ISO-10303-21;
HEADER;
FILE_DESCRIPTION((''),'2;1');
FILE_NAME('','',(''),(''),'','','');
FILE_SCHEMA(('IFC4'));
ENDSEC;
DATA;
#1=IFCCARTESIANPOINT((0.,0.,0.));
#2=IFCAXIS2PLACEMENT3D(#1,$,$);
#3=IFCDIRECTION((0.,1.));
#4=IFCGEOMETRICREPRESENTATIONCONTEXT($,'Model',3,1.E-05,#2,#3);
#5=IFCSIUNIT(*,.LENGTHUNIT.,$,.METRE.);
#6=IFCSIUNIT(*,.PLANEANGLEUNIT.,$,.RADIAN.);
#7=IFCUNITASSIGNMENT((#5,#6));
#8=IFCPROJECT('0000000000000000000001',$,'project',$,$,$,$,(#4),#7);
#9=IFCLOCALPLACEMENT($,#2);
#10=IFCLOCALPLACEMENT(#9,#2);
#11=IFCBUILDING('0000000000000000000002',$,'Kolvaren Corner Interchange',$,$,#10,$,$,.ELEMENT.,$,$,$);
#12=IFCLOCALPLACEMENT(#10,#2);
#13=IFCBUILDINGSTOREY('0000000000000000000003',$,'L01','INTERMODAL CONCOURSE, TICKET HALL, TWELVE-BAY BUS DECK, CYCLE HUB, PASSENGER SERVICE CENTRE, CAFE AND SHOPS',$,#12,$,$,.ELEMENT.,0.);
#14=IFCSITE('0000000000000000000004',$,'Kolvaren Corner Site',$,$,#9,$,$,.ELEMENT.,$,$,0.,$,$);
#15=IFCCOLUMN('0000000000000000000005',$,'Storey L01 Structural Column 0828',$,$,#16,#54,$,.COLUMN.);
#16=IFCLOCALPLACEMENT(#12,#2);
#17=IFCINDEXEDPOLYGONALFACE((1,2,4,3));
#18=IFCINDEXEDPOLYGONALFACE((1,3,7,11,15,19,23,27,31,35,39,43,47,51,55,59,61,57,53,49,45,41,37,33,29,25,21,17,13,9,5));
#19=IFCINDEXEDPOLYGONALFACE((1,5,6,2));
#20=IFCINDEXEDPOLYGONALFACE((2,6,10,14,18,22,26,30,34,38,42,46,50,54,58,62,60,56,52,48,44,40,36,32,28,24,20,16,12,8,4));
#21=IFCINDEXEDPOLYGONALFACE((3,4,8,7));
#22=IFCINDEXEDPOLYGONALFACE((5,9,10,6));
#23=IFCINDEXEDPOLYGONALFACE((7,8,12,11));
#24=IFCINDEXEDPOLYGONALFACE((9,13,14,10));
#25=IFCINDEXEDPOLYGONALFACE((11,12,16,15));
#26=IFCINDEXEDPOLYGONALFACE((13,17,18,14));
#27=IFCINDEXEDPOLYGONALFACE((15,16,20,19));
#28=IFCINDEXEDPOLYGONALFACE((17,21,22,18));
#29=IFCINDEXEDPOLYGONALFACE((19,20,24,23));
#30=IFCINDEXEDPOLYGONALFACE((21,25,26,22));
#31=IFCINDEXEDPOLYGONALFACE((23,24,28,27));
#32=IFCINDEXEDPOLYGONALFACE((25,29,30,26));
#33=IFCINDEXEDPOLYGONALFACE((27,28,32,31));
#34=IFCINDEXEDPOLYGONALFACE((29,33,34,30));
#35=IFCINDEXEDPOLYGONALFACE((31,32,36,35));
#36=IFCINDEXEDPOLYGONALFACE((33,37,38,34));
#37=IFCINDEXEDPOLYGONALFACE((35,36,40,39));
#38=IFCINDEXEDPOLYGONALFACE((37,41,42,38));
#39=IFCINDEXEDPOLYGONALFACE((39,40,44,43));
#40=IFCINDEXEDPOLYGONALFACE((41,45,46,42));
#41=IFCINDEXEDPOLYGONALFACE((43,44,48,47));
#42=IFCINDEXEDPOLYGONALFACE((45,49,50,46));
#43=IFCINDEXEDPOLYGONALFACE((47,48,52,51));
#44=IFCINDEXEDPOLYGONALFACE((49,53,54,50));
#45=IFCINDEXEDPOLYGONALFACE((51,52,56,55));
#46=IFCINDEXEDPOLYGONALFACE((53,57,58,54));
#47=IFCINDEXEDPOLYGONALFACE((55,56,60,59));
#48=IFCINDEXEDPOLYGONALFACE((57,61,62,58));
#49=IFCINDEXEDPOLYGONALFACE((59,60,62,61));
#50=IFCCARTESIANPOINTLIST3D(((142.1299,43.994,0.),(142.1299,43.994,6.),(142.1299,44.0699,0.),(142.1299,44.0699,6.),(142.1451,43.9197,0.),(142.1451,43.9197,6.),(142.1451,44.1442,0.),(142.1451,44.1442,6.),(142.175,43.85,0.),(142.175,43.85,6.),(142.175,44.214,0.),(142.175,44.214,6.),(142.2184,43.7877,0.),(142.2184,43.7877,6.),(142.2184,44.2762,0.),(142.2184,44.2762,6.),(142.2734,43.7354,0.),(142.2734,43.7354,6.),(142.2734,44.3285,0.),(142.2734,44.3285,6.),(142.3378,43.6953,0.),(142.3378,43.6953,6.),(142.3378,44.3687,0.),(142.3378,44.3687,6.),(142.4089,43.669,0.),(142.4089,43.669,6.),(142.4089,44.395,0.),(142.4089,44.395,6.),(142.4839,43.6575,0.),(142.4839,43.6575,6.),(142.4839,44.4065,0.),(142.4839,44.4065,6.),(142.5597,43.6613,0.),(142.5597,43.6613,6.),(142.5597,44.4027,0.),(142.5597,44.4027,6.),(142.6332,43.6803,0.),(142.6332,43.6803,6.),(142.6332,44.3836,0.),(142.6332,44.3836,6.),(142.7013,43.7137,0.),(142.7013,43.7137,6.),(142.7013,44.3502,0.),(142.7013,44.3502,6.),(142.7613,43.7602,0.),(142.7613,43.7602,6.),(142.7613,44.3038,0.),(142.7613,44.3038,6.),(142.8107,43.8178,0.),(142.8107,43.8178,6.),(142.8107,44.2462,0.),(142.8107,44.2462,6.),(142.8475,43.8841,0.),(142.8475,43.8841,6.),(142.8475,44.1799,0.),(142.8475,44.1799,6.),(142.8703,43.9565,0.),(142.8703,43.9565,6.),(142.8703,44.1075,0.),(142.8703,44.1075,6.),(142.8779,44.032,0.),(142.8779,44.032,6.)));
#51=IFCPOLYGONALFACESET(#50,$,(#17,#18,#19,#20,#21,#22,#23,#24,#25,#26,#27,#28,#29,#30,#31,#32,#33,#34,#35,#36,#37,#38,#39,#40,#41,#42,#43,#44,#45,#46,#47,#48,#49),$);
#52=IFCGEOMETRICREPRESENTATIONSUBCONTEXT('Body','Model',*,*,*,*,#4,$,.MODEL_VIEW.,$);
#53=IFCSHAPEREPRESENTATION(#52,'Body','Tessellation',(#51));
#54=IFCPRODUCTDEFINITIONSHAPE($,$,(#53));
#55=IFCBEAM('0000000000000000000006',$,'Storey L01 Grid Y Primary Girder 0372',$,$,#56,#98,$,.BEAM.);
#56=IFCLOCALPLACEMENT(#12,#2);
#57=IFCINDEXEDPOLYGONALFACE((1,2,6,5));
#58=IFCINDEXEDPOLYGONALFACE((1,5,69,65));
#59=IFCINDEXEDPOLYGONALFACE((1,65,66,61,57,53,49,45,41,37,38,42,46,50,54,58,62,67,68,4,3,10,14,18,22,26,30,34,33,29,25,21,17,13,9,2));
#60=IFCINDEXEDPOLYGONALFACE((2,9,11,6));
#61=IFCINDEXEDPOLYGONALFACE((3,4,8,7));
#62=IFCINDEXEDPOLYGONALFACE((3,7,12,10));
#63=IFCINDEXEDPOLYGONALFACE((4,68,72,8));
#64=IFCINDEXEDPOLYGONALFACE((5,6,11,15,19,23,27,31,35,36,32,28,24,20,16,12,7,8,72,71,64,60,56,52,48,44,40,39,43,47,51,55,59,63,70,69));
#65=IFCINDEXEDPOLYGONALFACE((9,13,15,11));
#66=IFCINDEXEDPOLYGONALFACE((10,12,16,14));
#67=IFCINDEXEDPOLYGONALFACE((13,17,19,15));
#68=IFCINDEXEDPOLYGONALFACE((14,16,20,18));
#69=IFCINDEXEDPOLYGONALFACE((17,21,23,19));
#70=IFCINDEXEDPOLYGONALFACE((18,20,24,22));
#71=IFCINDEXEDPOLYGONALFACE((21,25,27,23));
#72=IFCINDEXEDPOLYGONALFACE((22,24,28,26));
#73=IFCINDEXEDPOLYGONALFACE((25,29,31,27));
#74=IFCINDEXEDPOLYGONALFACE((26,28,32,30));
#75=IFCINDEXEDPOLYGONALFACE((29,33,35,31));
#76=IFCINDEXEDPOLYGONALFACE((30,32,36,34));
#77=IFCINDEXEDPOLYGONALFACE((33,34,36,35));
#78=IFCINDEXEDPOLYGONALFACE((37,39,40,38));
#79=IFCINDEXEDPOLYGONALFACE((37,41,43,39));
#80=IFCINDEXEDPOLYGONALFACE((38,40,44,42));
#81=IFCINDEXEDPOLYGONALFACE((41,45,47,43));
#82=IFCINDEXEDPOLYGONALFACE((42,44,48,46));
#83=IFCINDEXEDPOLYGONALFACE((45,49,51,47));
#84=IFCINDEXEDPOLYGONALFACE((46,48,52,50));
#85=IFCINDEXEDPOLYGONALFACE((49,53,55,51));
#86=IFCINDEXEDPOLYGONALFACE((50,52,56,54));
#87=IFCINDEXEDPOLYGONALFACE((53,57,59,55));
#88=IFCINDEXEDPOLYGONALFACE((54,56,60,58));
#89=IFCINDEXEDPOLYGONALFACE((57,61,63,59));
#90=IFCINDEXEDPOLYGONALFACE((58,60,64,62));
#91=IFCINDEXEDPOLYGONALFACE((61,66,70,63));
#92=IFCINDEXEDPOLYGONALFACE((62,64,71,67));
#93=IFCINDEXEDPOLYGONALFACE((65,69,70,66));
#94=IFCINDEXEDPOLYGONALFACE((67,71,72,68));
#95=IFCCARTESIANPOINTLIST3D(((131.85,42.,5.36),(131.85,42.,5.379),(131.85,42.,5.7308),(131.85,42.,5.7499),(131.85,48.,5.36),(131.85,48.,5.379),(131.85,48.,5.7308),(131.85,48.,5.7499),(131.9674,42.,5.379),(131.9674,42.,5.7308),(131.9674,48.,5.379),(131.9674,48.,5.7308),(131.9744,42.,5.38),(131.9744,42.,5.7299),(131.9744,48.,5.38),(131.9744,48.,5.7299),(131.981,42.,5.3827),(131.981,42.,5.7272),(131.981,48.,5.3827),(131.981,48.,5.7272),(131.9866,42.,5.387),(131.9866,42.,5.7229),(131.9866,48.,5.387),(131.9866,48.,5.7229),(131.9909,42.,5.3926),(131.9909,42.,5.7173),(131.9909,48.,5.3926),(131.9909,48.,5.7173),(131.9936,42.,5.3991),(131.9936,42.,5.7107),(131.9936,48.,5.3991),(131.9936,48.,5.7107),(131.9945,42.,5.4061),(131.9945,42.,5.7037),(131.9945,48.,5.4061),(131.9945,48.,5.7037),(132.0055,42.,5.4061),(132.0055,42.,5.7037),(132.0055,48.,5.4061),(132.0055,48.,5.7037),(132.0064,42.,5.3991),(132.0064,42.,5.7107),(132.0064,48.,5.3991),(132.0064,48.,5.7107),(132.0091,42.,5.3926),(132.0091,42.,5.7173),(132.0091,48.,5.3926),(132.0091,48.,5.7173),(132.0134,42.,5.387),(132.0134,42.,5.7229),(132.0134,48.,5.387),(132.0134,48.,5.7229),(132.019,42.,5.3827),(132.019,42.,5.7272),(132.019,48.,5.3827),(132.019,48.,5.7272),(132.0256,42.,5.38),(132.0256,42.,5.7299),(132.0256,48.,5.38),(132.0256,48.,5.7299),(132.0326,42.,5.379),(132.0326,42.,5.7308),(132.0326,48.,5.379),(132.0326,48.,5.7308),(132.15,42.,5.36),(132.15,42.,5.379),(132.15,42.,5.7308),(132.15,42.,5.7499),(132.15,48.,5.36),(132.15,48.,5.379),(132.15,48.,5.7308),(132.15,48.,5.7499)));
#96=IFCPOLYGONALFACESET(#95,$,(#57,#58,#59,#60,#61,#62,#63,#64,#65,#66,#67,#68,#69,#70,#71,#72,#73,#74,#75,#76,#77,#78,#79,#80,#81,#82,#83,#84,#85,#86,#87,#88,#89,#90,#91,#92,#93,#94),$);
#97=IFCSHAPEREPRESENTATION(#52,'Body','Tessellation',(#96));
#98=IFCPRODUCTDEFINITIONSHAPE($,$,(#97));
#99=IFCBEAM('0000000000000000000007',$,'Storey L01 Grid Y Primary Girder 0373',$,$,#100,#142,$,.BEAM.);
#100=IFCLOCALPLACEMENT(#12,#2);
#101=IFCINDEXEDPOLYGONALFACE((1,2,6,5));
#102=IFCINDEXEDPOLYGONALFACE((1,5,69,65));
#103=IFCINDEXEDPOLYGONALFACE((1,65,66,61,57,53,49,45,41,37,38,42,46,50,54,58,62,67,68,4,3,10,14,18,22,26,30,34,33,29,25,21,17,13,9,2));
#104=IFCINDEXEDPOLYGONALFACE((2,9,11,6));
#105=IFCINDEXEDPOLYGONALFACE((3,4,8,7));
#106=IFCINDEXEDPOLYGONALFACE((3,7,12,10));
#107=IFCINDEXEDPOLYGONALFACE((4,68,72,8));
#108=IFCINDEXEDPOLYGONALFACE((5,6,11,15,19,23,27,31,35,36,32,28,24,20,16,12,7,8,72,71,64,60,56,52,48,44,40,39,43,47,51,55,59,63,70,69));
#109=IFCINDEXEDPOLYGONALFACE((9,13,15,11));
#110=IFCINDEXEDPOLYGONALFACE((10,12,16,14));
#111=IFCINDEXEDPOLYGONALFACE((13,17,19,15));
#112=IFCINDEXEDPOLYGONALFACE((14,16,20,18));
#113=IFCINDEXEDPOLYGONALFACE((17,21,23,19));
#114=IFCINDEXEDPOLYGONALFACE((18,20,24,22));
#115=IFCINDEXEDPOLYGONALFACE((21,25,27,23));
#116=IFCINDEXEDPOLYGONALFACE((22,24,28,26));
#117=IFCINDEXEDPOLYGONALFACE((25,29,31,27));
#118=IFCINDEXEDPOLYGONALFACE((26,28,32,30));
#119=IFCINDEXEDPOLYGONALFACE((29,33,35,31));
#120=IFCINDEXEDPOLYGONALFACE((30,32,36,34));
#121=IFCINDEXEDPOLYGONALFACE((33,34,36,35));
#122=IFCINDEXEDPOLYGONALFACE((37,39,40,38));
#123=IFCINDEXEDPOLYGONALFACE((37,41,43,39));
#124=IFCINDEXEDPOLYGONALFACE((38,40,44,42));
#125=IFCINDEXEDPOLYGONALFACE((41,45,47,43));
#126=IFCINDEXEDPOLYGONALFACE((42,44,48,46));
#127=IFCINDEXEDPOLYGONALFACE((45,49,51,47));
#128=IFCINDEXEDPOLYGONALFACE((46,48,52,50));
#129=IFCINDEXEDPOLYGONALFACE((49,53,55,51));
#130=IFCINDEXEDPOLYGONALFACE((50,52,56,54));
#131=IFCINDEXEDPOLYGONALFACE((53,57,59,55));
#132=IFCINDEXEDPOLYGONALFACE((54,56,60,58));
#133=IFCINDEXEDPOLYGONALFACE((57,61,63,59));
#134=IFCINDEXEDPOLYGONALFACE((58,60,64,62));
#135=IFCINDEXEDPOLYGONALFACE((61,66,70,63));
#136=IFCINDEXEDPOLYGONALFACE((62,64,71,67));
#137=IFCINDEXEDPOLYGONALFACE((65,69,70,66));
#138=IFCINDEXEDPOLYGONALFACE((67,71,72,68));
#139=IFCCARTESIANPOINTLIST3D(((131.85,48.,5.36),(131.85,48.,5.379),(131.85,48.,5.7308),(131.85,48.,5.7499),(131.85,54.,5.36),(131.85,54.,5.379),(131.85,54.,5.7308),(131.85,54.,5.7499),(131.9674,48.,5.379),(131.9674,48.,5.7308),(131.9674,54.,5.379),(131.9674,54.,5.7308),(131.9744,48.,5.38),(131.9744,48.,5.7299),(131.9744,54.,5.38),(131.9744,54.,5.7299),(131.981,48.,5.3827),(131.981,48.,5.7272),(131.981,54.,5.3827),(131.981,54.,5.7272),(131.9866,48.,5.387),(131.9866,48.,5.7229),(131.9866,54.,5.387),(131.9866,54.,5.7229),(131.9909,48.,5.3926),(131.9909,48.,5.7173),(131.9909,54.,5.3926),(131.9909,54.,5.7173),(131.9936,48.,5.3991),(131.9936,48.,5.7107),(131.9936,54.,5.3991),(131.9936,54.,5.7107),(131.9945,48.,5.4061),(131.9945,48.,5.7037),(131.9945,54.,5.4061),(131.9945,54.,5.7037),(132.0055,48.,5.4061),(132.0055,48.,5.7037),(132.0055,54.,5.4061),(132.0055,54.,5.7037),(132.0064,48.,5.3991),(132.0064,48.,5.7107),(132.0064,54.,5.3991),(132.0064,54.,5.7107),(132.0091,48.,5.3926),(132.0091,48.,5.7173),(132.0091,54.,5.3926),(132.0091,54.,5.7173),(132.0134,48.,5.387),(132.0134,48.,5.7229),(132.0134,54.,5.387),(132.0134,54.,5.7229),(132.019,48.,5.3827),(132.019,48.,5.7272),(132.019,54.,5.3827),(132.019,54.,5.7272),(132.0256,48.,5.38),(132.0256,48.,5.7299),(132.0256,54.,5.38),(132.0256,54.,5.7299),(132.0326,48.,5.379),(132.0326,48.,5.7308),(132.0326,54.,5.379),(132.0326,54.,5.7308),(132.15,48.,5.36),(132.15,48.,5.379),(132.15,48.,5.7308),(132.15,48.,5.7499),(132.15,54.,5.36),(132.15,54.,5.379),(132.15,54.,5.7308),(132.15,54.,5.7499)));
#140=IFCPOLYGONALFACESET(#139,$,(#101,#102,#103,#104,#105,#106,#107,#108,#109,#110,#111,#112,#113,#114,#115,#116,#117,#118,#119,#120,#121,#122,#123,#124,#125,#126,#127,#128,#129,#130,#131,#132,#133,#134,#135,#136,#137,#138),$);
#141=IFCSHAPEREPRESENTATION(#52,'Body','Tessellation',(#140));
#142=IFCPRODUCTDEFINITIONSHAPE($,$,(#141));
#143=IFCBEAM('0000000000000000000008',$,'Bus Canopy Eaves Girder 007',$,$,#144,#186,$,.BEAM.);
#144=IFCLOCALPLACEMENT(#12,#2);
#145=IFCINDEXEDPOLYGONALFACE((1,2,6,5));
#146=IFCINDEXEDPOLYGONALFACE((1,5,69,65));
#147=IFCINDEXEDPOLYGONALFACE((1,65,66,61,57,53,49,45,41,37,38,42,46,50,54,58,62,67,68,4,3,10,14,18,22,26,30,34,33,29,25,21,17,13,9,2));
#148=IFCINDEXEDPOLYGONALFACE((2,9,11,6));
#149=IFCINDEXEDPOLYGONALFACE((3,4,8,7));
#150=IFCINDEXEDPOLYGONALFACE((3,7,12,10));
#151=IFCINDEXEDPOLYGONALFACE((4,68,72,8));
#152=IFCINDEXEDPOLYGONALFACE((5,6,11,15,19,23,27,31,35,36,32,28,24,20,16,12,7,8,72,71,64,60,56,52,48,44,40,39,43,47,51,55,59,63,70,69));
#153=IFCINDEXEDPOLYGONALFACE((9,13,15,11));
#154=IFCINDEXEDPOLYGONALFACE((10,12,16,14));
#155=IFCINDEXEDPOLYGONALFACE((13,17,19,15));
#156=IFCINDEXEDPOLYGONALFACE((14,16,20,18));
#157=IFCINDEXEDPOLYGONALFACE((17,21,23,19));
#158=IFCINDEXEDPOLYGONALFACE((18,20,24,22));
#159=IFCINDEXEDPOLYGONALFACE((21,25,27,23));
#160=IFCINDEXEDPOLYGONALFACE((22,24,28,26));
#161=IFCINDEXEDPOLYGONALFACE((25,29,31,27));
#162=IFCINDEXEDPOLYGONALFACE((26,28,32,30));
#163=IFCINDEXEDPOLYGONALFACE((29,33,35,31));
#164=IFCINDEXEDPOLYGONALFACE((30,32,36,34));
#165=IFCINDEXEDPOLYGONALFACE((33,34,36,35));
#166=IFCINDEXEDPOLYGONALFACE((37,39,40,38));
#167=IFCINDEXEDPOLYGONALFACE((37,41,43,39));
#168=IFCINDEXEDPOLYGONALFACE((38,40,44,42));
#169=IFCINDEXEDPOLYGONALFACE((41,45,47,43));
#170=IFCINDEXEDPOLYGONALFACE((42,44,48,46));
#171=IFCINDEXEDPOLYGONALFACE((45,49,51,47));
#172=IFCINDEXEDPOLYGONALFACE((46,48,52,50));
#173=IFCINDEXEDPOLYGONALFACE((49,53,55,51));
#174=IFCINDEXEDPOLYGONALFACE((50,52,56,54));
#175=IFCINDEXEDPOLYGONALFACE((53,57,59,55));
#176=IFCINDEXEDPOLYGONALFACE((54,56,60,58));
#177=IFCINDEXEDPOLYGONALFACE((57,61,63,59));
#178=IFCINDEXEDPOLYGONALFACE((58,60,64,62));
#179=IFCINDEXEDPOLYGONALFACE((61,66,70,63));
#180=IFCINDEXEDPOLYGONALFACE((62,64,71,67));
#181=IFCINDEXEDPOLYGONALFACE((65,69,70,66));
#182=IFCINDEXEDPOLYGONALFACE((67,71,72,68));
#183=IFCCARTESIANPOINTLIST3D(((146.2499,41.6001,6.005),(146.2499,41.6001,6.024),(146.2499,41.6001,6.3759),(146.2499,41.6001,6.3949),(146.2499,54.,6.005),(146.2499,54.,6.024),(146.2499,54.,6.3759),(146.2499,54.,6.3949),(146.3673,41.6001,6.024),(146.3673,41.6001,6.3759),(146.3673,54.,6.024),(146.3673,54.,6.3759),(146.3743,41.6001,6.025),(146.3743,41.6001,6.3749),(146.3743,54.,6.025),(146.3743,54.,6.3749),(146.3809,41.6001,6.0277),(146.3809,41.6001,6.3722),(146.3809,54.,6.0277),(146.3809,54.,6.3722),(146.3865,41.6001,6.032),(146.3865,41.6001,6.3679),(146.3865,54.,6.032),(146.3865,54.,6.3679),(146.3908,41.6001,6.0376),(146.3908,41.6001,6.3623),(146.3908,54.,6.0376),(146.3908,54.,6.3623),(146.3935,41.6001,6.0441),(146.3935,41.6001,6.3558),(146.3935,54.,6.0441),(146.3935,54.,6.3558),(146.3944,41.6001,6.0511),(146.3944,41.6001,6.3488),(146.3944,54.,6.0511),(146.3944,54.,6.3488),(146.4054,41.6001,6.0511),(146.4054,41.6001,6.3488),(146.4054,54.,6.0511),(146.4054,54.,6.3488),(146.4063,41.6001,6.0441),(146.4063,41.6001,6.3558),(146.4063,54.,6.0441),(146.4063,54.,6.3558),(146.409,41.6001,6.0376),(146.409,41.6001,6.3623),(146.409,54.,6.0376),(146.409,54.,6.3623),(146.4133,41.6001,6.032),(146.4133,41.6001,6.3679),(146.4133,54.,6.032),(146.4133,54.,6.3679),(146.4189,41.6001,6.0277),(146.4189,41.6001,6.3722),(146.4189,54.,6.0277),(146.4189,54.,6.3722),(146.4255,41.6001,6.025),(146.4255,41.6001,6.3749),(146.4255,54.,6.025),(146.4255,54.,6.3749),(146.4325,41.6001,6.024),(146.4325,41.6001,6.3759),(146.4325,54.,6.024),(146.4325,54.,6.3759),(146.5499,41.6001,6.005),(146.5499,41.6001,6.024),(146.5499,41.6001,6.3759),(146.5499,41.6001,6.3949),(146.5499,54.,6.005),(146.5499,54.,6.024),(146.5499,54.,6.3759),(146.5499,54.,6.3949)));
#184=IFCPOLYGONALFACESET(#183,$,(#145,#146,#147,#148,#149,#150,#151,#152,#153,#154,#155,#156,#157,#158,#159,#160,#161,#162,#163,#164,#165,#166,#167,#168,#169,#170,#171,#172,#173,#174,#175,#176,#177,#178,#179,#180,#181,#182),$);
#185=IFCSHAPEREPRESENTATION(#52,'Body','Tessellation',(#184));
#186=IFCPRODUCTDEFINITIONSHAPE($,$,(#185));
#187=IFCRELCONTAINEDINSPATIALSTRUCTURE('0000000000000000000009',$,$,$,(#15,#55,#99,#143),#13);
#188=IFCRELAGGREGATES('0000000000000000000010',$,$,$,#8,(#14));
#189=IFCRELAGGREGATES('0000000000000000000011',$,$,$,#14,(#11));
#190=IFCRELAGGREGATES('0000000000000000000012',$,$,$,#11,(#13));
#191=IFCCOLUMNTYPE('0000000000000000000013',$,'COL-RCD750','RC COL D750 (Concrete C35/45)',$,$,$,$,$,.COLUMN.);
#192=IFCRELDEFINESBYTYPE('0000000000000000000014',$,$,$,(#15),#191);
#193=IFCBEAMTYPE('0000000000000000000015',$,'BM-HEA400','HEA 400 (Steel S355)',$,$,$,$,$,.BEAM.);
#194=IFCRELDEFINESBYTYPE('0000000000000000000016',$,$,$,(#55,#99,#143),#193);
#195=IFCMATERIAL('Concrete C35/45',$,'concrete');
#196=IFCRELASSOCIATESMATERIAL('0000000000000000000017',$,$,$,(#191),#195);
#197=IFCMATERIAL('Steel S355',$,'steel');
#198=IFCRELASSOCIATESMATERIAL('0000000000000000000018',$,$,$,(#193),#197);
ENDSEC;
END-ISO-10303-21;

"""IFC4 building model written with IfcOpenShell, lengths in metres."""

from ifc_helpers import new_model, si_unit, direction, frame, origin, origin_2d, place, context, subcontext, project, spatial, circle, i_section, extrude, material, material_profile, profile_set, type_object, element, save


model = new_model("IFC4")

# Units and contexts
model_context = context("Model", 3, precision=1e-05, world=origin(), true_north=direction((0.0, 1.0)))
body_context = subcontext(model_context, "Body", "Model", "MODEL_VIEW")
ifc_project = project(units=[si_unit("LENGTHUNIT", "METRE"), si_unit("PLANEANGLEUNIT", "RADIAN")], contexts=[model_context])

# Site, building, storey
site_placement = place(None, origin())
site = spatial("IfcSite", under=ifc_project, at=site_placement, Name="Kolvaren Corner Site", CompositionType="ELEMENT", RefElevation=0.0)
building_placement = place(site_placement, origin())
building = spatial("IfcBuilding", under=site, at=building_placement, Name="Kolvaren Corner Interchange", CompositionType="ELEMENT")
storey_placement = place(building_placement, origin())
storey = spatial("IfcBuildingStorey", under=building, at=storey_placement, Name="L01", Description="INTERMODAL CONCOURSE, TICKET HALL, TWELVE-BAY BUS DECK, CYCLE HUB, PASSENGER SERVICE CENTRE, CAFE AND SHOPS", CompositionType="ELEMENT", Elevation=0.0)

# Column
ifc_material_1 = material(Name="Concrete C35/45", Category="concrete")
ifc_material_profile_1 = material_profile(ifc_material_1, circle(Radius=0.375, at=origin_2d()), Name="RC COL D750")
ifc_profile_set_1 = profile_set([ifc_material_profile_1], Name="Concrete C35/45")
column_type_1 = type_object("IfcColumnType", Name="COL-RCD750", Description="RC COL D750 (Concrete C35/45)", PredefinedType="COLUMN", material=ifc_profile_set_1)
column_1_placement = place(storey_placement, frame((142.5029, 44.032, 0.0), z_axis=(0.0, 0.0, 1.0), x_axis=(1.0, 0.0, 0.0)))
element("IfcColumn", 1, at=column_1_placement, inside=storey, type_object=column_type_1, Name="Storey L01 Structural Column 0828", PredefinedType="COLUMN", context=body_context, shape_type="SweptSolid", body=[
    extrude(circle(Radius=0.375, at=origin_2d()), origin(), (0.0, 0.0, 1.0), 6.0),
])

# Beams
ifc_material_2 = material(Name="Steel S355", Category="steel")
ifc_material_profile_2 = material_profile(ifc_material_2, i_section(OverallWidth=0.3, OverallDepth=0.3899, WebThickness=0.011, FlangeThickness=0.019, FilletRadius=0.0271, at=origin_2d()), Name="HEA 400")
ifc_profile_set_2 = profile_set([ifc_material_profile_2], Name="Steel S355")
beam_type_1 = type_object("IfcBeamType", Name="BM-HEA400", Description="HEA 400 (Steel S355)", PredefinedType="BEAM", material=ifc_profile_set_2)
for number, where, z_axis, x_axis, name in (
    (2, (132.0, 42.0, 5.5549), (0.0, 1.0, 0.0), (-1.0, 0.0, 0.0), "Storey L01 Grid Y Primary Girder 0372"),
    (3, (132.0, 48.0, 5.5549), (0.0, 1.0, 0.0), (-1.0, 0.0, 0.0), "Storey L01 Grid Y Primary Girder 0373"),
):
    element("IfcBeam", number, at=place(storey_placement, frame(where, z_axis=z_axis, x_axis=x_axis)), inside=storey, type_object=beam_type_1, Name=name, PredefinedType="BEAM", context=body_context, shape_type="SweptSolid", body=[
        extrude(i_section(OverallWidth=0.3, OverallDepth=0.3899, WebThickness=0.011, FlangeThickness=0.019, FilletRadius=0.0271, at=origin_2d()), origin(), (0.0, 0.0, 1.0), 6.0),
    ])
beam_1_placement = place(storey_placement, frame((146.3999, 41.6001, 6.2), z_axis=(0.0, 1.0, 0.0), x_axis=(-1.0, 0.0, 0.0)))
element("IfcBeam", 4, at=beam_1_placement, inside=storey, type_object=beam_type_1, Name="Bus Canopy Eaves Girder 007", PredefinedType="BEAM", context=body_context, shape_type="SweptSolid", body=[
    extrude(i_section(OverallWidth=0.3, OverallDepth=0.3899, WebThickness=0.011, FlangeThickness=0.019, FilletRadius=0.0271, at=origin_2d()), origin(), (0.0, 0.0, 1.0), 12.3999),
])

save(model, "model.ifc")
